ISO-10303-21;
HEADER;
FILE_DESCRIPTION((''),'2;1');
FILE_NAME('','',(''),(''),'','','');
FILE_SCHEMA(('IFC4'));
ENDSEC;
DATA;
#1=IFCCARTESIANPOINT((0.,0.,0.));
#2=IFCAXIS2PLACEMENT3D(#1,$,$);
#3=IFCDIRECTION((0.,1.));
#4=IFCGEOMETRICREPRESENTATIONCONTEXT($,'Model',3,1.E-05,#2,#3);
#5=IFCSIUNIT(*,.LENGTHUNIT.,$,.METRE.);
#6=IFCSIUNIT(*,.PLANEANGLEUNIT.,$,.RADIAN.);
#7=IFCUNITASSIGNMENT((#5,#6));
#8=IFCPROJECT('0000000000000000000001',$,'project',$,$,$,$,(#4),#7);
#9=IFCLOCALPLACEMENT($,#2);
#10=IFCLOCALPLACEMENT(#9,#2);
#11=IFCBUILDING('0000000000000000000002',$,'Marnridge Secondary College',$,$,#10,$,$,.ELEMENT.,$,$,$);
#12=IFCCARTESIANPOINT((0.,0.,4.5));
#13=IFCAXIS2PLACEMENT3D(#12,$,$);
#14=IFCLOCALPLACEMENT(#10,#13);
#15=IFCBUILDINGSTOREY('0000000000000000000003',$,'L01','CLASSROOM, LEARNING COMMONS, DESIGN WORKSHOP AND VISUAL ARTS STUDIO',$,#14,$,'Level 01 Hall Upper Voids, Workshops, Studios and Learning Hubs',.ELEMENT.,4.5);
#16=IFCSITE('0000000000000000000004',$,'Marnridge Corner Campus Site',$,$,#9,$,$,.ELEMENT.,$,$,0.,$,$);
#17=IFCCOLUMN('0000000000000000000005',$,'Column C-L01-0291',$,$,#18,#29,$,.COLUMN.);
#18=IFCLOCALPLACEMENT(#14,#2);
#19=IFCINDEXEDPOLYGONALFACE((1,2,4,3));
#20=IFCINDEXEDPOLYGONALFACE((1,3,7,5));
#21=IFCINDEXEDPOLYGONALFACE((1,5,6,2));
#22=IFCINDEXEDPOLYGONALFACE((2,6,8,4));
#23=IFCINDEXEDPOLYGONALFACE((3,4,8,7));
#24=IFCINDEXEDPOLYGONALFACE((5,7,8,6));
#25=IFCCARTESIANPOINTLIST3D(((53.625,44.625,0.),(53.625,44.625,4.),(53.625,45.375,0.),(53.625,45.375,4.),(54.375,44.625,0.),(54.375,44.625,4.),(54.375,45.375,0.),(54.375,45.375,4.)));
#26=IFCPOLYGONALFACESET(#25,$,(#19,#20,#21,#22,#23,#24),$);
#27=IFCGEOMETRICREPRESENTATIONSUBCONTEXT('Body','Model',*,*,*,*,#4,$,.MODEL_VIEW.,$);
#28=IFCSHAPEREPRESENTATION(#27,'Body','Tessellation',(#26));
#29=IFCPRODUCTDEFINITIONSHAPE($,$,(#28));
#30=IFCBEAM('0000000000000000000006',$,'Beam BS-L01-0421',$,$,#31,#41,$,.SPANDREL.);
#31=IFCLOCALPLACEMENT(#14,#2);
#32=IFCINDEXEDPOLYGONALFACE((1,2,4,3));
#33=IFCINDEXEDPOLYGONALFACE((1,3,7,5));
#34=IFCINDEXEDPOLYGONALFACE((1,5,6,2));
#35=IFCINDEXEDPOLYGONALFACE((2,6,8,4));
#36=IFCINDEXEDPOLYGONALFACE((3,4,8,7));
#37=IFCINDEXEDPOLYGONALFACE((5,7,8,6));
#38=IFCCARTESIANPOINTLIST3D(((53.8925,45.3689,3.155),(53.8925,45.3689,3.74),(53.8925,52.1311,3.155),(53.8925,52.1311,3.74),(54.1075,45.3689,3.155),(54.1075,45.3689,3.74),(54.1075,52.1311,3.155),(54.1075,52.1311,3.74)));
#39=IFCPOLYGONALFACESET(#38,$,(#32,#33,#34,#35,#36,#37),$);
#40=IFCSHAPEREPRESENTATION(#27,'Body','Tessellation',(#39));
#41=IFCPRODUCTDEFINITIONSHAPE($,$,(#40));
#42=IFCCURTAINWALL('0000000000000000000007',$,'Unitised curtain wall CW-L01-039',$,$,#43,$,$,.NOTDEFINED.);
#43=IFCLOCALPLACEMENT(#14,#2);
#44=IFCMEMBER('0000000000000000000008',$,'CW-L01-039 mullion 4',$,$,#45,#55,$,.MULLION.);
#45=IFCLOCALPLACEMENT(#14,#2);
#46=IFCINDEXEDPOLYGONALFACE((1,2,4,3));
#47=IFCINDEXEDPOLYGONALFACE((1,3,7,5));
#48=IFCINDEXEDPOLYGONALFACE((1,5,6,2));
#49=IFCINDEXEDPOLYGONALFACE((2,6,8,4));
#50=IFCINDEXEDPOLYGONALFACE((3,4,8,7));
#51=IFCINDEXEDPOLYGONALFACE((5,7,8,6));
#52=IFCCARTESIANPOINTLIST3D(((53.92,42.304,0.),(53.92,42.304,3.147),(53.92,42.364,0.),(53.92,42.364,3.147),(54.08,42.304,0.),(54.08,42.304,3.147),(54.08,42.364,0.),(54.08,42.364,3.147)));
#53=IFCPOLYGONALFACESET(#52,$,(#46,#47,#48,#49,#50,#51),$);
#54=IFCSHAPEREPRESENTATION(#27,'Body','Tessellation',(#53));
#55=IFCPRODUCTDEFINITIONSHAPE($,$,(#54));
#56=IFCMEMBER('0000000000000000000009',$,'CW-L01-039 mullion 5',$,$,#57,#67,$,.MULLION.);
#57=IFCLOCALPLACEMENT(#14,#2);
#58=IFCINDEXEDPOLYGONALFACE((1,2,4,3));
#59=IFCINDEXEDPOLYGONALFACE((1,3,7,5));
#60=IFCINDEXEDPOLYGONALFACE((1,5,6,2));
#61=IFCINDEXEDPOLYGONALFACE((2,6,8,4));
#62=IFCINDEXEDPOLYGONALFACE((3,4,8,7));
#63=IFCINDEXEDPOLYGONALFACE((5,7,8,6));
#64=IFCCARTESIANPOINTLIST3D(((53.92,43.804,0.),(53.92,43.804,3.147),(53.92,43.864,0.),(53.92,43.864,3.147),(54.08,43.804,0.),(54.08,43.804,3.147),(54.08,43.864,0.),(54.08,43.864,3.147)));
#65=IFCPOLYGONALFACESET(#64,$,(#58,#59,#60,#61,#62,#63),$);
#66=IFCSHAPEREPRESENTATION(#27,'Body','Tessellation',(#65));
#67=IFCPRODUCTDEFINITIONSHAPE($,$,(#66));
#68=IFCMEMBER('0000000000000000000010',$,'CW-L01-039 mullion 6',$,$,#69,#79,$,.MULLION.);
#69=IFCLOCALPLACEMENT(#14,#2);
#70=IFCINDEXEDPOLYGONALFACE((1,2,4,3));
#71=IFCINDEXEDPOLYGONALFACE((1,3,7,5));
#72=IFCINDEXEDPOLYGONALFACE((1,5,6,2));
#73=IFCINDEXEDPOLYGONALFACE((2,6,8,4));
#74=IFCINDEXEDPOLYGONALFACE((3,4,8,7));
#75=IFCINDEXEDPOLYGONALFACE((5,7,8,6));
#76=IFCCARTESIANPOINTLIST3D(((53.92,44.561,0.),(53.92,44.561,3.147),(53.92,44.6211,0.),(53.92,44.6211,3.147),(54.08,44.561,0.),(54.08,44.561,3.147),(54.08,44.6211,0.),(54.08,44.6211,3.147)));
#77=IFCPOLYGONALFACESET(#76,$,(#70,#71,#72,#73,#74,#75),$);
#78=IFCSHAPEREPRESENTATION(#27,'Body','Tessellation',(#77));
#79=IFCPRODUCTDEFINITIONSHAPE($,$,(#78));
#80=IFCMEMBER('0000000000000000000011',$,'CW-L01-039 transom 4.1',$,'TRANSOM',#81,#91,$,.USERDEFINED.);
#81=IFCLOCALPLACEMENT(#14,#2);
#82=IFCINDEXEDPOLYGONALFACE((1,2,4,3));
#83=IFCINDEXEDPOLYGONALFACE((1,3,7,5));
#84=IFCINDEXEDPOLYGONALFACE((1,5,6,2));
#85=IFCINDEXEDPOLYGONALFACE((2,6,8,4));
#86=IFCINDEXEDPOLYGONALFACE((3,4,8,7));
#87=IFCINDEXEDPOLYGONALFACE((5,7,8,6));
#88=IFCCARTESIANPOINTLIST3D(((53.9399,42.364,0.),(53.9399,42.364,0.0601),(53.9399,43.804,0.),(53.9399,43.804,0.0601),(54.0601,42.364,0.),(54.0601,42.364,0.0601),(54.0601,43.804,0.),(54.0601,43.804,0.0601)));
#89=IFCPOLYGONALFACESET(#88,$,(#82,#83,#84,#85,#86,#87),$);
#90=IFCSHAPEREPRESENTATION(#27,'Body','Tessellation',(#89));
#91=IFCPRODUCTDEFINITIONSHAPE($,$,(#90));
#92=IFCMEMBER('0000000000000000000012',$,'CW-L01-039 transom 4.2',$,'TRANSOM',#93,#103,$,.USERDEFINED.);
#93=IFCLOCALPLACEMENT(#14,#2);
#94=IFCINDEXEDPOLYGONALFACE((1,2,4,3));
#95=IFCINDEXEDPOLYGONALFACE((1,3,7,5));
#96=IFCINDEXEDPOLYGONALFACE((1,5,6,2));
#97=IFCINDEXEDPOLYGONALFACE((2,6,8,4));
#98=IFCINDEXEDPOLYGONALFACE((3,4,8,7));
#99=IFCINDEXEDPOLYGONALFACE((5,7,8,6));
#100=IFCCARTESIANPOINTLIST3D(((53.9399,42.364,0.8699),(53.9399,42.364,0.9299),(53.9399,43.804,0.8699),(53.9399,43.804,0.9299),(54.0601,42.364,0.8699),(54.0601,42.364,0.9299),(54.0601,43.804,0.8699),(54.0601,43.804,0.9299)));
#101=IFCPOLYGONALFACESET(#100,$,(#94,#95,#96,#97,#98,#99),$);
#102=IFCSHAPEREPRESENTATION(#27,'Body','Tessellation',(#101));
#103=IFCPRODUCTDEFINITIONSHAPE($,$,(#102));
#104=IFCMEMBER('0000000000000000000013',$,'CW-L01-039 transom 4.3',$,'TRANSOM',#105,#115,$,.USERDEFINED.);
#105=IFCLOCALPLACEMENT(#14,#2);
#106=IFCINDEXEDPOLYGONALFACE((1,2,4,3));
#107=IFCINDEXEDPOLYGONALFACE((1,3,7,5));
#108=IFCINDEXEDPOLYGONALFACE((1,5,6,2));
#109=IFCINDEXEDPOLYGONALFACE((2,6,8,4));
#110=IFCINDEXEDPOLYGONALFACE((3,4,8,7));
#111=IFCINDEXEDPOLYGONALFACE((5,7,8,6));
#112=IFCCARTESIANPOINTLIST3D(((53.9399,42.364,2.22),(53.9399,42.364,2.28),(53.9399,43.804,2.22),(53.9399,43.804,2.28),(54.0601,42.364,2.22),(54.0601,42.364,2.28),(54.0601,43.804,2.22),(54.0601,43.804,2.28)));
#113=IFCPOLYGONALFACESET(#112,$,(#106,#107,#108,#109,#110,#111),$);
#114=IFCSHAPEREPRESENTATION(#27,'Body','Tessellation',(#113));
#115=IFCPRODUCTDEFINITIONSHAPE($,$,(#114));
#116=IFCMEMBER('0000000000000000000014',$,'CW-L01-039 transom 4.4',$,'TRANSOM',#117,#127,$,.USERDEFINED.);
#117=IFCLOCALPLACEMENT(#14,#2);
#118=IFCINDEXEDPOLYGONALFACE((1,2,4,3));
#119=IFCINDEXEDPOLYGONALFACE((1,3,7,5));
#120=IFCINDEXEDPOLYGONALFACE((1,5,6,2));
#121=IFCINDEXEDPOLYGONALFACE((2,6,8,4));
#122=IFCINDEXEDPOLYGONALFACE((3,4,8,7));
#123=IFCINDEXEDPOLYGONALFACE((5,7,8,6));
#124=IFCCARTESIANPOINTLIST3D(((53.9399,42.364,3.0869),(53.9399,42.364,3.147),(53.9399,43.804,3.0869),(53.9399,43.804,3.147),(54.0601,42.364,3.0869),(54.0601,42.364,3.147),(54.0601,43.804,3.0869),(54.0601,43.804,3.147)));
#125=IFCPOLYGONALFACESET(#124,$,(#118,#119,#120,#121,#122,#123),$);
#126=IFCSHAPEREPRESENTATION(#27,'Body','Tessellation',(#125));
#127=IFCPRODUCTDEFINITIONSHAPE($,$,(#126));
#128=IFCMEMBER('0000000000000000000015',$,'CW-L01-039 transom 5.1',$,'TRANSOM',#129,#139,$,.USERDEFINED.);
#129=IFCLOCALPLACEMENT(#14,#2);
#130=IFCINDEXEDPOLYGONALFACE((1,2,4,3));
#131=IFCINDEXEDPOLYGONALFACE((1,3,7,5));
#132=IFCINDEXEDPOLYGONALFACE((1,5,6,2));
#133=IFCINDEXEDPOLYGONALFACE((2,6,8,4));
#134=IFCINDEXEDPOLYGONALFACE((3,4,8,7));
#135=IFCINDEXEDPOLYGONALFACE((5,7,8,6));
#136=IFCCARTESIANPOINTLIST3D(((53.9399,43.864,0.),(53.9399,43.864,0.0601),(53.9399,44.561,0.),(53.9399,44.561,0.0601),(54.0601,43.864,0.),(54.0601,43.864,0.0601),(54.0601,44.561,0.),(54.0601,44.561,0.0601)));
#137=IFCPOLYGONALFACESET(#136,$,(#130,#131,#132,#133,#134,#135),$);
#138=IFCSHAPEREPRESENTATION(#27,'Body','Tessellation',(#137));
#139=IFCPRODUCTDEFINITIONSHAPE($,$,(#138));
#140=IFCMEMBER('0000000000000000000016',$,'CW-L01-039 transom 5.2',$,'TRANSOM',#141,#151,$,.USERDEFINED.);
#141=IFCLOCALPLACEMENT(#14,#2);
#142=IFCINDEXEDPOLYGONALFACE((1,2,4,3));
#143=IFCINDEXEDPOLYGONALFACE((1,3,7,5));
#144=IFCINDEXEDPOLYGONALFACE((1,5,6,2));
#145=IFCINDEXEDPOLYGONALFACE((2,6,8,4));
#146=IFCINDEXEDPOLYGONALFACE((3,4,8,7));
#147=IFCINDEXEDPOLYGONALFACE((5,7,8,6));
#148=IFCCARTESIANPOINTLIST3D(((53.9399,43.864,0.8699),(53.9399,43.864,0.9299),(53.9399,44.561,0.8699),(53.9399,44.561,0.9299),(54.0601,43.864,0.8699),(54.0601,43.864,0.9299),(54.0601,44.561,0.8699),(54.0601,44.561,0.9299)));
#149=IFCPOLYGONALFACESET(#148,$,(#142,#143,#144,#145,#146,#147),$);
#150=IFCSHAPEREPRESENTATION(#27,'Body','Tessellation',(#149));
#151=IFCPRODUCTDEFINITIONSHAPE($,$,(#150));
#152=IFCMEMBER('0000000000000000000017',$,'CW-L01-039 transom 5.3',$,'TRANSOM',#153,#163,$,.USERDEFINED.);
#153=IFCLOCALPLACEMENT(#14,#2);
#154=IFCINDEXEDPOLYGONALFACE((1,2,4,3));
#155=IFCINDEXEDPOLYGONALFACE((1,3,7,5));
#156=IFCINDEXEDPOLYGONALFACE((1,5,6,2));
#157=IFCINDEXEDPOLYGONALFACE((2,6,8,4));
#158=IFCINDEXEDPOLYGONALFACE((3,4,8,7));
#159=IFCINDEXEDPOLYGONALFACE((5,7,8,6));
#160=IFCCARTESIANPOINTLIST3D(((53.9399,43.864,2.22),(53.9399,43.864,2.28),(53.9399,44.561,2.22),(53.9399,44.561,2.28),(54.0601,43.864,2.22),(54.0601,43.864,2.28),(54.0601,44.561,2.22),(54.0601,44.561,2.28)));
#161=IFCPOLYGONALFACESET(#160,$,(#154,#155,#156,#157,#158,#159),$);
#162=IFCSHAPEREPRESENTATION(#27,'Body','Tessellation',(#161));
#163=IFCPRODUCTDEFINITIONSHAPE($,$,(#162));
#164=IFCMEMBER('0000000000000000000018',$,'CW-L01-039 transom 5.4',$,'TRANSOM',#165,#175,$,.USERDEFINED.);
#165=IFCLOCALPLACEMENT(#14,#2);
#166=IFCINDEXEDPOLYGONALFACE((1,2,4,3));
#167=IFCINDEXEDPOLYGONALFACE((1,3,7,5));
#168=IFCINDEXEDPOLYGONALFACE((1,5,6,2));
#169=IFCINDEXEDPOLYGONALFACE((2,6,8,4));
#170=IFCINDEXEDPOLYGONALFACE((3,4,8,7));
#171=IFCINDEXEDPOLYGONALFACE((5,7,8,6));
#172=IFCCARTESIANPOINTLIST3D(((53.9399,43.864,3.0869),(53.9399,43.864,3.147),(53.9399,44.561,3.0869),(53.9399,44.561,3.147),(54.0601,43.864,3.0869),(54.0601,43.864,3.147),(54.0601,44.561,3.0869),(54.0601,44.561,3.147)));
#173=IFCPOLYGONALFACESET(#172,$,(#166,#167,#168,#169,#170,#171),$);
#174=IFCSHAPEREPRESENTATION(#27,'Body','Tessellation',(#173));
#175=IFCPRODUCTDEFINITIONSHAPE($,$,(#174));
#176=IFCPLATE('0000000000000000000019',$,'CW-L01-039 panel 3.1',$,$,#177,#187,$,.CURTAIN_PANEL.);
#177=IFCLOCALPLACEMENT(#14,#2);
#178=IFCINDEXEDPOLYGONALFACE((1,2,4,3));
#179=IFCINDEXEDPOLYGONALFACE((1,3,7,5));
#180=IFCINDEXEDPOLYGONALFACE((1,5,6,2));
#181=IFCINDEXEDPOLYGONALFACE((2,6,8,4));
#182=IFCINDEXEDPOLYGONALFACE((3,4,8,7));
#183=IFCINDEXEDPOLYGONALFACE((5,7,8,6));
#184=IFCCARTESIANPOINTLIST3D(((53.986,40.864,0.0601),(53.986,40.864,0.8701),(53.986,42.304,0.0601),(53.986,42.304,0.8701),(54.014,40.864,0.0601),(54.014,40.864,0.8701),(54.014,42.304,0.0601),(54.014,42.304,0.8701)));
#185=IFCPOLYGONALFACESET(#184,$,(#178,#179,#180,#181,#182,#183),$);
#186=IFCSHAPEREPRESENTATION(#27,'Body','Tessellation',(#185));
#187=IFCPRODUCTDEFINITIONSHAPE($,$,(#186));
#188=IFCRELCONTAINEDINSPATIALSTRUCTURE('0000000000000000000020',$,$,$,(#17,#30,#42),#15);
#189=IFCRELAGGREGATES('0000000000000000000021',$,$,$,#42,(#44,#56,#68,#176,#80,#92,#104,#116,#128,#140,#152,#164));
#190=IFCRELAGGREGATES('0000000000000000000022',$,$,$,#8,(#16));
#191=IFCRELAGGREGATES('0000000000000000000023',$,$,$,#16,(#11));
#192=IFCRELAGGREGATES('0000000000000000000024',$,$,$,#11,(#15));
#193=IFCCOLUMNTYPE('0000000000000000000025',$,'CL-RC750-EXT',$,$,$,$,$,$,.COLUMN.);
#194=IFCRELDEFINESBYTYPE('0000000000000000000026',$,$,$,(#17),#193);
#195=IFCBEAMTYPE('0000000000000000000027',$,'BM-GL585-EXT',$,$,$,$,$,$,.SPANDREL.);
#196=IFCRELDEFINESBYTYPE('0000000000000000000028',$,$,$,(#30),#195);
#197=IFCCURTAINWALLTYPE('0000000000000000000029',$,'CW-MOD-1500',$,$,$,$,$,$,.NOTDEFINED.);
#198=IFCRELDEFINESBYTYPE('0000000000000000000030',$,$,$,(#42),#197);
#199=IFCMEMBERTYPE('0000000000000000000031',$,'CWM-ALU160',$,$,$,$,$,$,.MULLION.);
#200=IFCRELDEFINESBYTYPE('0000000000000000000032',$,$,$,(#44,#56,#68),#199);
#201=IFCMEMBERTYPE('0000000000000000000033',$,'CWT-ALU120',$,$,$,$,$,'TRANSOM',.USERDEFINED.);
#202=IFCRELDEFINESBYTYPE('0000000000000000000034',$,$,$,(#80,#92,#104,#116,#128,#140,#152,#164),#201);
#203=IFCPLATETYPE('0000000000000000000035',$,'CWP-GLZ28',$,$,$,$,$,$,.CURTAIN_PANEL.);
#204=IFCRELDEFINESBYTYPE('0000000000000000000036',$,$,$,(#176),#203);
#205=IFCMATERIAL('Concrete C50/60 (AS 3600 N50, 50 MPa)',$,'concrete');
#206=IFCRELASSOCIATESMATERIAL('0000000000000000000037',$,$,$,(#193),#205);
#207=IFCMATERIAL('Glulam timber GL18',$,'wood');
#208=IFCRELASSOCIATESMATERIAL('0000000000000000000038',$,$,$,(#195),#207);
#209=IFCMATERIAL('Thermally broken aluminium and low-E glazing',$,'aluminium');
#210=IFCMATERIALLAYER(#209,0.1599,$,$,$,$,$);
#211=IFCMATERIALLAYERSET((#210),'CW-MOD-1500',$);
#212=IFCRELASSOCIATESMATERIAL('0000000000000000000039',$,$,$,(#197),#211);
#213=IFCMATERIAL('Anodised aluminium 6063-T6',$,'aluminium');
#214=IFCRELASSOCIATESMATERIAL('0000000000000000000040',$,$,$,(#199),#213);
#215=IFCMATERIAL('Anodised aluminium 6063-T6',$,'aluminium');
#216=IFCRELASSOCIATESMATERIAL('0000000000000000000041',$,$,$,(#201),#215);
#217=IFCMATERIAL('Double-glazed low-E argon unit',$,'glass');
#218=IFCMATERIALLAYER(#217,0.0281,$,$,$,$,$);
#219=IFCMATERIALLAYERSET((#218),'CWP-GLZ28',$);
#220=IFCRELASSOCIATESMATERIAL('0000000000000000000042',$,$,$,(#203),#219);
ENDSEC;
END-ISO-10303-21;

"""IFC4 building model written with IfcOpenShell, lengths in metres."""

from ifc_helpers import new_model, si_unit, direction, frame, origin, origin_2d, place, context, subcontext, project, spatial, rectangle, extrude, material, layer, layer_set, material_profile, profile_set, type_object, element, aggregate, save


model = new_model("IFC4")

# Units and contexts
model_context = context("Model", 3, precision=1e-05, world=origin(), true_north=direction((0.0, 1.0)))
body_context = subcontext(model_context, "Body", "Model", "MODEL_VIEW")
ifc_project = project(units=[si_unit("LENGTHUNIT", "METRE"), si_unit("PLANEANGLEUNIT", "RADIAN")], contexts=[model_context])

# Site, building, storey
site_placement = place(None, origin())
site = spatial("IfcSite", under=ifc_project, at=site_placement, Name="Marnridge Corner Campus Site", CompositionType="ELEMENT", RefElevation=0.0)
building_placement = place(site_placement, origin())
building = spatial("IfcBuilding", under=site, at=building_placement, Name="Marnridge Secondary College", CompositionType="ELEMENT")
storey_placement = place(building_placement, frame((0.0, 0.0, 4.5)))
storey = spatial("IfcBuildingStorey", under=building, at=storey_placement, Name="L01", Description="CLASSROOM, LEARNING COMMONS, DESIGN WORKSHOP AND VISUAL ARTS STUDIO", LongName="Level 01 Hall Upper Voids, Workshops, Studios and Learning Hubs", CompositionType="ELEMENT", Elevation=4.5)

# Column
ifc_material_1 = material(Name="Concrete C50/60 (AS 3600 N50, 50 MPa)", Category="concrete")
ifc_material_profile_1 = material_profile(ifc_material_1, rectangle(XDim=0.75, YDim=0.75, at=origin_2d()), Name="RC 750x750")
ifc_profile_set_1 = profile_set([ifc_material_profile_1], Name="Concrete C50/60 (AS 3600 N50, 50 MPa)")
column_type = type_object("IfcColumnType", Name="CL-RC750-EXT", PredefinedType="COLUMN", material=ifc_profile_set_1)
column_placement = place(storey_placement, frame((54.0, 45.0, 0.0), z_axis=(0.0, 0.0, 1.0), x_axis=(1.0, 0.0, 0.0)))
element("IfcColumn", 1, at=column_placement, inside=storey, type_object=column_type, Name="Column C-L01-0291", PredefinedType="COLUMN", context=body_context, shape_type="SweptSolid", body=[
    extrude(rectangle(XDim=0.75, YDim=0.75, at=origin_2d()), origin(), (0.0, 0.0, 1.0), 4.0),
])

# Beam
ifc_material_2 = material(Name="Glulam timber GL18", Category="wood")
ifc_material_profile_2 = material_profile(ifc_material_2, rectangle(XDim=0.2151, YDim=0.585, at=origin_2d()), Name="GL18 215x585")
ifc_profile_set_2 = profile_set([ifc_material_profile_2], Name="Glulam timber GL18")
beam_type = type_object("IfcBeamType", Name="BM-GL585-EXT", PredefinedType="SPANDREL", material=ifc_profile_set_2)
beam_placement = place(storey_placement, frame((54.0, 45.3689, 3.4475), z_axis=(0.0, 1.0, 0.0), x_axis=(-1.0, 0.0, 0.0)))
element("IfcBeam", 2, at=beam_placement, inside=storey, type_object=beam_type, Name="Beam BS-L01-0421", PredefinedType="SPANDREL", context=body_context, shape_type="SweptSolid", body=[
    extrude(rectangle(XDim=0.2151, YDim=0.585, at=origin_2d()), origin(), (0.0, 0.0, 1.0), 6.7622),
])

# Curtain wall, members, plate
ifc_material_3 = material(Name="Thermally broken aluminium and low-E glazing", Category="aluminium")
ifc_layer_1 = layer(ifc_material_3, 0.1599)
ifc_layer_set_1 = layer_set([ifc_layer_1], Name="CW-MOD-1500")
curtain_wall_type = type_object("IfcCurtainWallType", Name="CW-MOD-1500", PredefinedType="NOTDEFINED", material=ifc_layer_set_1)
curtain_wall_placement = place(storey_placement, origin())
curtain_wall = element("IfcCurtainWall", 3, at=curtain_wall_placement, inside=storey, type_object=curtain_wall_type, Name="Unitised curtain wall CW-L01-039", PredefinedType="NOTDEFINED")
ifc_material_4 = material(Name="Anodised aluminium 6063-T6", Category="aluminium")
ifc_material_profile_3 = material_profile(ifc_material_4, rectangle(XDim=0.0601, YDim=0.1599, at=origin_2d()), Name="ALU 60x160")
ifc_profile_set_3 = profile_set([ifc_material_profile_3], Name="Anodised aluminium 6063-T6")
member_type_1 = type_object("IfcMemberType", Name="CWM-ALU160", PredefinedType="MULLION", material=ifc_profile_set_3)
member_1_placement = place(storey_placement, frame((54.0, 42.334, 0.0), z_axis=(0.0, 0.0, 1.0), x_axis=(0.0, 1.0, 0.0)))
member_1 = element("IfcMember", 4, at=member_1_placement, type_object=member_type_1, Name="CW-L01-039 mullion 4", PredefinedType="MULLION", context=body_context, shape_type="SweptSolid", body=[
    extrude(rectangle(XDim=0.0601, YDim=0.1599, at=origin_2d()), origin(), (0.0, 0.0, 1.0), 3.147),
])
member_2_placement = place(storey_placement, frame((54.0, 43.834, 0.0), z_axis=(0.0, 0.0, 1.0), x_axis=(0.0, 1.0, 0.0)))
member_2 = element("IfcMember", 5, at=member_2_placement, type_object=member_type_1, Name="CW-L01-039 mullion 5", PredefinedType="MULLION", context=body_context, shape_type="SweptSolid", body=[
    extrude(rectangle(XDim=0.0601, YDim=0.1599, at=origin_2d()), origin(), (0.0, 0.0, 1.0), 3.147),
])
member_3_placement = place(storey_placement, frame((54.0, 44.5911, 0.0), z_axis=(0.0, 0.0, 1.0), x_axis=(0.0, 1.0, 0.0)))
member_3 = element("IfcMember", 6, at=member_3_placement, type_object=member_type_1, Name="CW-L01-039 mullion 6", PredefinedType="MULLION", context=body_context, shape_type="SweptSolid", body=[
    extrude(rectangle(XDim=0.0601, YDim=0.1599, at=origin_2d()), origin(), (0.0, 0.0, 1.0), 3.147),
])
ifc_material_5 = material(Name="Anodised aluminium 6063-T6", Category="aluminium")
ifc_material_profile_4 = material_profile(ifc_material_5, rectangle(XDim=0.0601, YDim=0.1201, at=origin_2d()), Name="ALU 60x120")
ifc_profile_set_4 = profile_set([ifc_material_profile_4], Name="Anodised aluminium 6063-T6")
member_type_2 = type_object("IfcMemberType", Name="CWT-ALU120", ElementType="TRANSOM", PredefinedType="USERDEFINED", material=ifc_profile_set_4)
member_4_placement = place(storey_placement, frame((54.0, 42.364, 0.03), z_axis=(0.0, 1.0, 0.0), x_axis=(0.0, 0.0, 1.0)))
member_4 = element("IfcMember", 7, at=member_4_placement, type_object=member_type_2, Name="CW-L01-039 transom 4.1", ObjectType="TRANSOM", PredefinedType="USERDEFINED", context=body_context, shape_type="SweptSolid", body=[
    extrude(rectangle(XDim=0.0601, YDim=0.1201, at=origin_2d()), origin(), (0.0, 0.0, 1.0), 1.4399),
])
member_5_placement = place(storey_placement, frame((54.0, 42.364, 0.8999), z_axis=(0.0, 1.0, 0.0), x_axis=(0.0, 0.0, 1.0)))
member_5 = element("IfcMember", 8, at=member_5_placement, type_object=member_type_2, Name="CW-L01-039 transom 4.2", ObjectType="TRANSOM", PredefinedType="USERDEFINED", context=body_context, shape_type="SweptSolid", body=[
    extrude(rectangle(XDim=0.0601, YDim=0.1201, at=origin_2d()), origin(), (0.0, 0.0, 1.0), 1.4399),
])
member_6_placement = place(storey_placement, frame((54.0, 42.364, 2.25), z_axis=(0.0, 1.0, 0.0), x_axis=(0.0, 0.0, 1.0)))
member_6 = element("IfcMember", 9, at=member_6_placement, type_object=member_type_2, Name="CW-L01-039 transom 4.3", ObjectType="TRANSOM", PredefinedType="USERDEFINED", context=body_context, shape_type="SweptSolid", body=[
    extrude(rectangle(XDim=0.0601, YDim=0.1201, at=origin_2d()), origin(), (0.0, 0.0, 1.0), 1.4399),
])
member_7_placement = place(storey_placement, frame((54.0, 42.364, 3.1169), z_axis=(0.0, 1.0, 0.0), x_axis=(0.0, 0.0, 1.0)))
member_7 = element("IfcMember", 10, at=member_7_placement, type_object=member_type_2, Name="CW-L01-039 transom 4.4", ObjectType="TRANSOM", PredefinedType="USERDEFINED", context=body_context, shape_type="SweptSolid", body=[
    extrude(rectangle(XDim=0.0601, YDim=0.1201, at=origin_2d()), origin(), (0.0, 0.0, 1.0), 1.4399),
])
member_8_placement = place(storey_placement, frame((54.0, 43.864, 0.03), z_axis=(0.0, 1.0, 0.0), x_axis=(0.0, 0.0, 1.0)))
member_8 = element("IfcMember", 11, at=member_8_placement, type_object=member_type_2, Name="CW-L01-039 transom 5.1", ObjectType="TRANSOM", PredefinedType="USERDEFINED", context=body_context, shape_type="SweptSolid", body=[
    extrude(rectangle(XDim=0.0601, YDim=0.1201, at=origin_2d()), origin(), (0.0, 0.0, 1.0), 0.697),
])
member_9_placement = place(storey_placement, frame((54.0, 43.864, 0.8999), z_axis=(0.0, 1.0, 0.0), x_axis=(0.0, 0.0, 1.0)))
member_9 = element("IfcMember", 12, at=member_9_placement, type_object=member_type_2, Name="CW-L01-039 transom 5.2", ObjectType="TRANSOM", PredefinedType="USERDEFINED", context=body_context, shape_type="SweptSolid", body=[
    extrude(rectangle(XDim=0.0601, YDim=0.1201, at=origin_2d()), origin(), (0.0, 0.0, 1.0), 0.697),
])
member_10_placement = place(storey_placement, frame((54.0, 43.864, 2.25), z_axis=(0.0, 1.0, 0.0), x_axis=(0.0, 0.0, 1.0)))
member_10 = element("IfcMember", 13, at=member_10_placement, type_object=member_type_2, Name="CW-L01-039 transom 5.3", ObjectType="TRANSOM", PredefinedType="USERDEFINED", context=body_context, shape_type="SweptSolid", body=[
    extrude(rectangle(XDim=0.0601, YDim=0.1201, at=origin_2d()), origin(), (0.0, 0.0, 1.0), 0.697),
])
member_11_placement = place(storey_placement, frame((54.0, 43.864, 3.1169), z_axis=(0.0, 1.0, 0.0), x_axis=(0.0, 0.0, 1.0)))
member_11 = element("IfcMember", 14, at=member_11_placement, type_object=member_type_2, Name="CW-L01-039 transom 5.4", ObjectType="TRANSOM", PredefinedType="USERDEFINED", context=body_context, shape_type="SweptSolid", body=[
    extrude(rectangle(XDim=0.0601, YDim=0.1201, at=origin_2d()), origin(), (0.0, 0.0, 1.0), 0.697),
])
ifc_material_6 = material(Name="Double-glazed low-E argon unit", Category="glass")
ifc_layer_2 = layer(ifc_material_6, 0.0281)
ifc_layer_set_2 = layer_set([ifc_layer_2], Name="CWP-GLZ28")
plate_type = type_object("IfcPlateType", Name="CWP-GLZ28", PredefinedType="CURTAIN_PANEL", material=ifc_layer_set_2)
plate_1_placement = place(storey_placement, frame((54.0, 41.584, 0.0601), z_axis=(0.0, 0.0, 1.0), x_axis=(0.0, 1.0, 0.0)))
plate_1 = element("IfcPlate", 15, at=plate_1_placement, type_object=plate_type, Name="CW-L01-039 panel 3.1", PredefinedType="CURTAIN_PANEL", context=body_context, shape_type="SweptSolid", body=[
    extrude(rectangle(XDim=1.4399, YDim=0.0281, at=origin_2d()), origin(), (0.0, 0.0, 1.0), 0.8101),
])
aggregate(curtain_wall, [member_1, member_2, member_3, plate_1, member_4, member_5, member_6, member_7, member_8, member_9, member_10, member_11])

save(model, "model.ifc")
